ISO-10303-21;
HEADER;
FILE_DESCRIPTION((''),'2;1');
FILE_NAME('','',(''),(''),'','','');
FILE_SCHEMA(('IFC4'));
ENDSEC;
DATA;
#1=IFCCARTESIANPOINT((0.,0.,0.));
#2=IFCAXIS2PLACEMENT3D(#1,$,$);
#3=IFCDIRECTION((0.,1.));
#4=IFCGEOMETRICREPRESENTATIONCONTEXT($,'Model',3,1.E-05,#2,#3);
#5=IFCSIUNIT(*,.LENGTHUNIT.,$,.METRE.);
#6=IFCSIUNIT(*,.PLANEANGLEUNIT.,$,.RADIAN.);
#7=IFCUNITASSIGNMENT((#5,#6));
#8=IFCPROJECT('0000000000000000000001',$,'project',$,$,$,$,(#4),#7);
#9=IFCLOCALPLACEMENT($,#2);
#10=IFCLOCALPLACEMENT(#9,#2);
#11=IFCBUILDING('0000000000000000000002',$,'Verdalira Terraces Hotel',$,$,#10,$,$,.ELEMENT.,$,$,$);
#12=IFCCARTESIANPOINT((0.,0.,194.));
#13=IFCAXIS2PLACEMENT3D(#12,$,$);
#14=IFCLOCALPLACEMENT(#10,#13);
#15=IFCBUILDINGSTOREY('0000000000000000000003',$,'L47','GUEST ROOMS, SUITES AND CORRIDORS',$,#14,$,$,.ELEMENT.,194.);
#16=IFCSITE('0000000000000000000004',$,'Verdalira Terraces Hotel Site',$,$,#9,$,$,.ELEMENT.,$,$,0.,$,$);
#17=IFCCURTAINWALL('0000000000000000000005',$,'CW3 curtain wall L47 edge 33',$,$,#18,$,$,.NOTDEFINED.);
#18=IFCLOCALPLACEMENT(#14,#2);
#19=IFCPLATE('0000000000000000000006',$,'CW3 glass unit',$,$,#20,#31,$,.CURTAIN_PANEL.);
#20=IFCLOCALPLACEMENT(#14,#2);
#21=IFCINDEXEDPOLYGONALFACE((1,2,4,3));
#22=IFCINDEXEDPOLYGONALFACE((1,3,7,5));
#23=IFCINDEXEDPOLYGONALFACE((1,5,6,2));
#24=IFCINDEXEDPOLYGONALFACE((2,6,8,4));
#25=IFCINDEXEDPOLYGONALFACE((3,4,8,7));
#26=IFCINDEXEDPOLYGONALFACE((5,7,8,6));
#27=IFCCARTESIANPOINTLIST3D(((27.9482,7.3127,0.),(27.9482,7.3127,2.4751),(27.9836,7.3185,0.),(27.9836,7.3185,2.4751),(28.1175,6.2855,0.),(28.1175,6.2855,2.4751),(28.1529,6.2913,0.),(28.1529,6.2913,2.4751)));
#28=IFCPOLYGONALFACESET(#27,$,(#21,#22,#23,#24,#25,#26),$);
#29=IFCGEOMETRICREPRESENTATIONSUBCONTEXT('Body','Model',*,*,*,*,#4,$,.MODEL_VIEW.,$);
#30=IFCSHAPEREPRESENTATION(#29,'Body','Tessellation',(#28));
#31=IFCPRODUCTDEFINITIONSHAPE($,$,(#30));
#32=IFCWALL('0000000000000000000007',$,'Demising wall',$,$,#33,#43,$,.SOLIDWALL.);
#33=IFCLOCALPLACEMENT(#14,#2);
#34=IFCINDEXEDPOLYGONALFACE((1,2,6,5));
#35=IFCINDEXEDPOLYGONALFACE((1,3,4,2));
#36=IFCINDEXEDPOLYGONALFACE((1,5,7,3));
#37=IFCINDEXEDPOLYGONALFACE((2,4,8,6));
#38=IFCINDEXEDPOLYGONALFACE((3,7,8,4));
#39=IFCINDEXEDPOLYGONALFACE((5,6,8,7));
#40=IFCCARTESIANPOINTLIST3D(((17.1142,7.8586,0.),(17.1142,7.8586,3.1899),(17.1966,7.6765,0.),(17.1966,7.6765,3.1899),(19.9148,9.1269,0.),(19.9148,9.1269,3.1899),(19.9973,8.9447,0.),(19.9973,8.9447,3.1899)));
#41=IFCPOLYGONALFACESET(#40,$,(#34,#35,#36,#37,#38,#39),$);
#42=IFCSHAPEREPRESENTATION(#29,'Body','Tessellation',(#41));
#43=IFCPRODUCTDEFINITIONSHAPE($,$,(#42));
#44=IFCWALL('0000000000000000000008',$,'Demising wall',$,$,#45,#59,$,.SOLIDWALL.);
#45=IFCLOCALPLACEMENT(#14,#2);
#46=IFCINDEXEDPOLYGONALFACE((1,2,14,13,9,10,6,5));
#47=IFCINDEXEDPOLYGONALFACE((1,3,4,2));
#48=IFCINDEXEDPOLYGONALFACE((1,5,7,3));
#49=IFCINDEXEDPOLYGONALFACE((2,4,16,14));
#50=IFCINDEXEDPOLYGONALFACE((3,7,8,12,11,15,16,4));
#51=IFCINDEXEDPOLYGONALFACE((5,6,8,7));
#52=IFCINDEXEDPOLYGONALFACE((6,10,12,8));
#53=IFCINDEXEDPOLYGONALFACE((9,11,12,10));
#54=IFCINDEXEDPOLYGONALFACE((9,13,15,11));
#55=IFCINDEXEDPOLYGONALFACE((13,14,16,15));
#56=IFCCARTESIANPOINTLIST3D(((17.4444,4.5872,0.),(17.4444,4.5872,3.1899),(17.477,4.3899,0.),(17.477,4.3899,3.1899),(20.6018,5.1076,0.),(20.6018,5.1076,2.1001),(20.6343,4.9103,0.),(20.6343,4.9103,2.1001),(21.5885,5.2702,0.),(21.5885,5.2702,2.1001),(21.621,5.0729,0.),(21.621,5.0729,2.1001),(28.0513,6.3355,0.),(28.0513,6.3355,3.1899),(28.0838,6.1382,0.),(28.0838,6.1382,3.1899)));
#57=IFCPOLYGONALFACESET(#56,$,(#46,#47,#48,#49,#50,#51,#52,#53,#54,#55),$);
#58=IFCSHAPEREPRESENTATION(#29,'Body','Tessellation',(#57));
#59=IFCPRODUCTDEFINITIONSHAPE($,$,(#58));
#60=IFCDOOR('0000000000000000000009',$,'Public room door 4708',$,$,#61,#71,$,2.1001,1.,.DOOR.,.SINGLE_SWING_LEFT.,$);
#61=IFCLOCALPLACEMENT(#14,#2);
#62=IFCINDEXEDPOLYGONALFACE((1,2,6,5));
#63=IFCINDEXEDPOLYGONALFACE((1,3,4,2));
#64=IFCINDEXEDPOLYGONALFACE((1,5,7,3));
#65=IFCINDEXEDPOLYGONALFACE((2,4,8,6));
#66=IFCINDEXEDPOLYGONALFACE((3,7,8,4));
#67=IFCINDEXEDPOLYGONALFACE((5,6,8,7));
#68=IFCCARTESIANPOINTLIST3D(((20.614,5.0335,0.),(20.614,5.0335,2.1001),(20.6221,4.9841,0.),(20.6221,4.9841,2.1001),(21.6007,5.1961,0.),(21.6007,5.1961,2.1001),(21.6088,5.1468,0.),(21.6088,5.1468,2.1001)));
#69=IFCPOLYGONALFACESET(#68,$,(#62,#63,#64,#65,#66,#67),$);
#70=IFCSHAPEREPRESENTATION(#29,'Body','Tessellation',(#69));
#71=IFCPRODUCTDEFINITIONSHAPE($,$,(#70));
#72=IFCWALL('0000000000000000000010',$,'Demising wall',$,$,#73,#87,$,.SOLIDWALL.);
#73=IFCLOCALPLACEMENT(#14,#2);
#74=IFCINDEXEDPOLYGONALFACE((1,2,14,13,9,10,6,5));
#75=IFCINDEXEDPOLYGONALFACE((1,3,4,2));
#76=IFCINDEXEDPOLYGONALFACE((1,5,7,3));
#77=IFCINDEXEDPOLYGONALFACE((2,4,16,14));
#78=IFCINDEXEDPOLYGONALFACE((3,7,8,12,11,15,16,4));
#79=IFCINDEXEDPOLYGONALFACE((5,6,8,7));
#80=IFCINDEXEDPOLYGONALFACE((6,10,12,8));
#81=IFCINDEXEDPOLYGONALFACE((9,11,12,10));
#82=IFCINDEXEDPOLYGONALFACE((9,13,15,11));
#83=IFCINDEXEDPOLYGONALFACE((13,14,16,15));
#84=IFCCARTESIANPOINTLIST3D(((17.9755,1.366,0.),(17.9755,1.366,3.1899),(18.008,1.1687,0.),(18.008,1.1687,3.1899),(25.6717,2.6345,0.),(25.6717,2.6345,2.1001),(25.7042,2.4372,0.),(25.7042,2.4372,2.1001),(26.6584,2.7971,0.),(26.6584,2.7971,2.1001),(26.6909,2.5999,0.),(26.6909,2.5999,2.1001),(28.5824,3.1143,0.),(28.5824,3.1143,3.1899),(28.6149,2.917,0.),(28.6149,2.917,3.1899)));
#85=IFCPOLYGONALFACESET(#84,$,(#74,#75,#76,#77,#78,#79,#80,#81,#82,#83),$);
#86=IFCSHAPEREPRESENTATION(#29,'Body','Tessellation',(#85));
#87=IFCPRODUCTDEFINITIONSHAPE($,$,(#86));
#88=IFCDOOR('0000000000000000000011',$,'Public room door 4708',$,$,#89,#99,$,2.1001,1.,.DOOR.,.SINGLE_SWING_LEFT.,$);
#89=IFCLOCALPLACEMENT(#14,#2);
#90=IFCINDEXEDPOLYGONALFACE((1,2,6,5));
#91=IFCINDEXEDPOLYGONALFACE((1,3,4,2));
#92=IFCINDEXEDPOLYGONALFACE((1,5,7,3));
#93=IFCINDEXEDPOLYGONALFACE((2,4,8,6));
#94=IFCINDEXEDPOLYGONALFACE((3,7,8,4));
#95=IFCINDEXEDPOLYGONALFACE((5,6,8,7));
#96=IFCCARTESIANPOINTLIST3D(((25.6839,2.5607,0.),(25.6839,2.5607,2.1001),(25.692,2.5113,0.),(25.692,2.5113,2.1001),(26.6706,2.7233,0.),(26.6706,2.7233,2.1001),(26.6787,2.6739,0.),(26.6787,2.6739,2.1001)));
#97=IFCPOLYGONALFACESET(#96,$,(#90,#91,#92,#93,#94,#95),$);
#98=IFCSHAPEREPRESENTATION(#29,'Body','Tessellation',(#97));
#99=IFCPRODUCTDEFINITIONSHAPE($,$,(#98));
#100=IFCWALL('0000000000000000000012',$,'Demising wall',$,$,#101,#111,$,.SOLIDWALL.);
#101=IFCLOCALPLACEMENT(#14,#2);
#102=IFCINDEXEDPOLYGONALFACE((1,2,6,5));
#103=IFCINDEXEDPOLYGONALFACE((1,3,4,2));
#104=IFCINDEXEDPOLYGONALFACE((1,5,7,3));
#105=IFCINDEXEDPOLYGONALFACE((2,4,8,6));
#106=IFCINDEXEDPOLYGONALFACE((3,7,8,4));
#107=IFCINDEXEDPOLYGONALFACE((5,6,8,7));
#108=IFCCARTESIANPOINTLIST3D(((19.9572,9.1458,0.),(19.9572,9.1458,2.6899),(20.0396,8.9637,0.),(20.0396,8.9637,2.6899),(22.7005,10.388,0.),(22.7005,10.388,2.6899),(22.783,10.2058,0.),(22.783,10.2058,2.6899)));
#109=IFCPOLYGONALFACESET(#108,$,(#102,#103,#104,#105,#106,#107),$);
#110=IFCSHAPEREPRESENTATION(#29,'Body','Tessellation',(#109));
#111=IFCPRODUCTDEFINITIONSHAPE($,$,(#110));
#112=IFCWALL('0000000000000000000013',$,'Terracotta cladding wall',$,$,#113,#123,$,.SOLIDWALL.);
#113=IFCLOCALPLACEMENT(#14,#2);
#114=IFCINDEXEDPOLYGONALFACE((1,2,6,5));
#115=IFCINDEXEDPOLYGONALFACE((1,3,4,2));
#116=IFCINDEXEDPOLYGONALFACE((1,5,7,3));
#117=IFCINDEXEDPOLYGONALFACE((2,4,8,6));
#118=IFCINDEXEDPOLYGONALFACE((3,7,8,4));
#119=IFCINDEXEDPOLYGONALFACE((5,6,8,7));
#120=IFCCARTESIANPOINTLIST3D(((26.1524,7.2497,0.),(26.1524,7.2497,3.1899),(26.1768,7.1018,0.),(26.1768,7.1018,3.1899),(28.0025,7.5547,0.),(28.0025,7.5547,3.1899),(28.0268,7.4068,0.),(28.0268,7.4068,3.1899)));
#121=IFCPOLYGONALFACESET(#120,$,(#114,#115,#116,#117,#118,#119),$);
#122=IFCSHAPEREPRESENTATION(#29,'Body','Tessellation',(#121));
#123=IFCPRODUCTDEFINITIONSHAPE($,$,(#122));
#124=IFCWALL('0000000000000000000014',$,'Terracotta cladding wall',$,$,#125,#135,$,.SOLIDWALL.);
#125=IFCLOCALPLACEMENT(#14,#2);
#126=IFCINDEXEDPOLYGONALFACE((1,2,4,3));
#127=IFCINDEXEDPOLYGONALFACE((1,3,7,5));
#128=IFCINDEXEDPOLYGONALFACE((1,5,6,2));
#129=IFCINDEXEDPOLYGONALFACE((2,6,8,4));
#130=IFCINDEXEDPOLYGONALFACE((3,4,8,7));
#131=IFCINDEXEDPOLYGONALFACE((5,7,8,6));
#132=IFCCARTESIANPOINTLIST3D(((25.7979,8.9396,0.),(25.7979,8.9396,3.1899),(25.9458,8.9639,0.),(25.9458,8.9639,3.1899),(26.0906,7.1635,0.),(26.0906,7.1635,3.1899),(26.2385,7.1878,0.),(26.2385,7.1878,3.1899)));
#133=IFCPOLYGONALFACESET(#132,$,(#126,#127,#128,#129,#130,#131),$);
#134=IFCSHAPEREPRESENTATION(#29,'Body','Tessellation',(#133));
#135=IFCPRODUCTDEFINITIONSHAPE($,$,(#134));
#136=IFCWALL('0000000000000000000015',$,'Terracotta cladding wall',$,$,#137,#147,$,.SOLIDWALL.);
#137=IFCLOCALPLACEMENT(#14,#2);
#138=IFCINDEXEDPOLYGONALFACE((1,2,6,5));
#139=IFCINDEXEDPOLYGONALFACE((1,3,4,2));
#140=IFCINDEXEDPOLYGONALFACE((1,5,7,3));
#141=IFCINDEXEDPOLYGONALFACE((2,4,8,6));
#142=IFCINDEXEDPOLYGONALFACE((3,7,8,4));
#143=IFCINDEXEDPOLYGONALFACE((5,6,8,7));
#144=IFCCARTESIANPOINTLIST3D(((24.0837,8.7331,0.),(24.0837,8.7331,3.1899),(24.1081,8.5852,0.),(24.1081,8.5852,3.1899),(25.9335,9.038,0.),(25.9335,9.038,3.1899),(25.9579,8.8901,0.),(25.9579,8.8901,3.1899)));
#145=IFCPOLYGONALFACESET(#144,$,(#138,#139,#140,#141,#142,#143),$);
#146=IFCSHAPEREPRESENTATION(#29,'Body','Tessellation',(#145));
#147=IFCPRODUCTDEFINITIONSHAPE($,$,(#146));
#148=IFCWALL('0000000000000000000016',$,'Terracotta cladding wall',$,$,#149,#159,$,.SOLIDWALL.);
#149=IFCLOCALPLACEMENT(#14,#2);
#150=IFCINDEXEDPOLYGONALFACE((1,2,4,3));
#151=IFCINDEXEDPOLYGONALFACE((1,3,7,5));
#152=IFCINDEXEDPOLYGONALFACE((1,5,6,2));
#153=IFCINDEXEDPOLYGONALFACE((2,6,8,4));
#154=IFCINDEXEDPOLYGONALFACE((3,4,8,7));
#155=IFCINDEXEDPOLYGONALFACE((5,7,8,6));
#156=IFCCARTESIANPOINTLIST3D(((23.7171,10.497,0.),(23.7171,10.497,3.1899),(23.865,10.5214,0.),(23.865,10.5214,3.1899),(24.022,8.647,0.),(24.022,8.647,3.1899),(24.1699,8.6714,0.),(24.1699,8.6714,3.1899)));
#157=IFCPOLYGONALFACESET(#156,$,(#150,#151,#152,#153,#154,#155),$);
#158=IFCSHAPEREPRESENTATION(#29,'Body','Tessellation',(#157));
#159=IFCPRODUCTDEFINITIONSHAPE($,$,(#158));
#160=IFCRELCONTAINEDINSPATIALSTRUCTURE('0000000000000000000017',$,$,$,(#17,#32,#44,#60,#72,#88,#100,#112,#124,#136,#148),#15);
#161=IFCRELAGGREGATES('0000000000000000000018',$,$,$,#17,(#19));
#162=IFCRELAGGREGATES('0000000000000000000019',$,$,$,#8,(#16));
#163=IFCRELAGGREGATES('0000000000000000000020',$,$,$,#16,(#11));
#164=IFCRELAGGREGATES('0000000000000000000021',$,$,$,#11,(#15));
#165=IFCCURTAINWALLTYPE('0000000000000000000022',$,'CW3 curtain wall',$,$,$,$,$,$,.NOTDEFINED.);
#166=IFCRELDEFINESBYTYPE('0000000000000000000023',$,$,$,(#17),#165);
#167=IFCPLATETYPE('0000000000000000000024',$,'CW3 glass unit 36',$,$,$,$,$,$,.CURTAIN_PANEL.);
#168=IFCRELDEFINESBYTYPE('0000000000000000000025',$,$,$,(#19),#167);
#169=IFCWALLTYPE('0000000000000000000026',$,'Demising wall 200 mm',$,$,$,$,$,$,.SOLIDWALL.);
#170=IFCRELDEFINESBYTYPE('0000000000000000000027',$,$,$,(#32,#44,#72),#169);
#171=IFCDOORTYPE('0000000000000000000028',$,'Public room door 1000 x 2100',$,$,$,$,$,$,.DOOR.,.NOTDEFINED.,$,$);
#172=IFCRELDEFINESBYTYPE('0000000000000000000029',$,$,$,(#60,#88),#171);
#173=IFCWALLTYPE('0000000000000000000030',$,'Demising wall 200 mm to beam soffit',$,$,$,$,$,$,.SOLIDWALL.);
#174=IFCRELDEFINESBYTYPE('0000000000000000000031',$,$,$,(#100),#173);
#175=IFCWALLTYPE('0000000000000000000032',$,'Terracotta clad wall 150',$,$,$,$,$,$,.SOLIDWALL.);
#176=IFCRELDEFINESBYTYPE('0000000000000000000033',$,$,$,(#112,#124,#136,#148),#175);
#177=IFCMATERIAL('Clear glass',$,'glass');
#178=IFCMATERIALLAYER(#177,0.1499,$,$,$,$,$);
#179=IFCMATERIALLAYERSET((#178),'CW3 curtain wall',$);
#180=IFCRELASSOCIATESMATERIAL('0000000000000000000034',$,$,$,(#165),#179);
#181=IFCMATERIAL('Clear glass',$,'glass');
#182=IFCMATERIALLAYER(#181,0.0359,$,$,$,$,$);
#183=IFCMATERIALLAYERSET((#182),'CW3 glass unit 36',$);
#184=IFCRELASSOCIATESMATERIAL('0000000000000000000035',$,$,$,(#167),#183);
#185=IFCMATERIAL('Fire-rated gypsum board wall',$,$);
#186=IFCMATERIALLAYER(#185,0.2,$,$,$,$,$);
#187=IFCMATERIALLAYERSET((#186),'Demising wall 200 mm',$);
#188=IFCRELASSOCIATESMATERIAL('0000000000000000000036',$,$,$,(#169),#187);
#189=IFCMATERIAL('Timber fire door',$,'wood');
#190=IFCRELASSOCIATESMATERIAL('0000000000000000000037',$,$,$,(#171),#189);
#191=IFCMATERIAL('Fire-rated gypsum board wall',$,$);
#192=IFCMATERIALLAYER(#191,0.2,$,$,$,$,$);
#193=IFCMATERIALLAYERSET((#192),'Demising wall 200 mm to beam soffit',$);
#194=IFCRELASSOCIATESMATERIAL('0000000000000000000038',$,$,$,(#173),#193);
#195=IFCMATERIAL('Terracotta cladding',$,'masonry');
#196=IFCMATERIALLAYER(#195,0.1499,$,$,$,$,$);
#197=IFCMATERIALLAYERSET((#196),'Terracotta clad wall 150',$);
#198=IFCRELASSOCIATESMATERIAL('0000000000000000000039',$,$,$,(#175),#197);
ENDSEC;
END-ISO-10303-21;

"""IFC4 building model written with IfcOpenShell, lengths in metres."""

from ifc_helpers import new_model, si_unit, direction, frame, frame_2d, origin, origin_2d, place, context, subcontext, project, spatial, rectangle, extrude, material, layer, layer_set, type_object, element, fill, aggregate, save


model = new_model("IFC4")

# Units and contexts
model_context = context("Model", 3, precision=1e-05, world=origin(), true_north=direction((0.0, 1.0)))
body_context = subcontext(model_context, "Body", "Model", "MODEL_VIEW")
ifc_project = project(units=[si_unit("LENGTHUNIT", "METRE"), si_unit("PLANEANGLEUNIT", "RADIAN")], contexts=[model_context])

# Site, building, storey
site_placement = place(None, origin())
site = spatial("IfcSite", under=ifc_project, at=site_placement, Name="Verdalira Terraces Hotel Site", CompositionType="ELEMENT", RefElevation=0.0)
building_placement = place(site_placement, origin())
building = spatial("IfcBuilding", under=site, at=building_placement, Name="Verdalira Terraces Hotel", CompositionType="ELEMENT")
storey_placement = place(building_placement, frame((0.0, 0.0, 194.0)))
storey = spatial("IfcBuildingStorey", under=building, at=storey_placement, Name="L47", Description="GUEST ROOMS, SUITES AND CORRIDORS", CompositionType="ELEMENT", Elevation=194.0)

# Curtain wall
ifc_material_1 = material(Name="Clear glass", Category="glass")
ifc_layer_1 = layer(ifc_material_1, 0.1499)
ifc_layer_set_1 = layer_set([ifc_layer_1], Name="CW3 curtain wall")
curtain_wall_type = type_object("IfcCurtainWallType", Name="CW3 curtain wall", PredefinedType="NOTDEFINED", material=ifc_layer_set_1)
curtain_wall_placement = place(storey_placement, origin())
curtain_wall = element("IfcCurtainWall", 1, at=curtain_wall_placement, inside=storey, type_object=curtain_wall_type, Name="CW3 curtain wall L47 edge 33", PredefinedType="NOTDEFINED")

# Plate
ifc_material_2 = material(Name="Clear glass", Category="glass")
ifc_layer_2 = layer(ifc_material_2, 0.0359)
ifc_layer_set_2 = layer_set([ifc_layer_2], Name="CW3 glass unit 36")
plate_type = type_object("IfcPlateType", Name="CW3 glass unit 36", PredefinedType="CURTAIN_PANEL", material=ifc_layer_set_2)
plate_1_placement = place(storey_placement, frame((28.0505, 6.802, 0.0), z_axis=(0.0, 0.0, 1.0), x_axis=(-0.162637, 0.986686, 0.0)))
plate_1 = element("IfcPlate", 2, at=plate_1_placement, type_object=plate_type, Name="CW3 glass unit", PredefinedType="CURTAIN_PANEL", context=body_context, shape_type="SweptSolid", body=[
    extrude(rectangle(XDim=1.041, YDim=0.0359, at=origin_2d()), origin(), (0.0, 0.0, 1.0), 2.4751),
])
aggregate(curtain_wall, [plate_1])

# Wall
ifc_material_3 = material(Name="Fire-rated gypsum board wall")
ifc_layer_3 = layer(ifc_material_3, 0.2)
ifc_layer_set_3 = layer_set([ifc_layer_3], Name="Demising wall 200 mm")
wall_type_1 = type_object("IfcWallType", Name="Demising wall 200 mm", PredefinedType="SOLIDWALL", material=ifc_layer_set_3)
wall_1_placement = place(storey_placement, frame((17.1555, 7.7676, 0.0), z_axis=(0.0, 0.0, 1.0), x_axis=(0.91095, 0.412516, 0.0)))
element("IfcWall", 3, at=wall_1_placement, inside=storey, type_object=wall_type_1, Name="Demising wall", PredefinedType="SOLIDWALL", context=body_context, shape_type="SweptSolid", body=[
    extrude(rectangle(XDim=3.0745, YDim=0.2, at=frame_2d((1.5371, 0.0))), origin(), (0.0, 0.0, 1.0), 3.1899),
])

# Walls, openings, doors
wall_2_placement = place(storey_placement, frame((17.4607, 4.4885, 0.0), z_axis=(0.0, 0.0, 1.0), x_axis=(0.986687, 0.162631, 0.0)))
wall_2 = element("IfcWall", 4, at=wall_2_placement, inside=storey, type_object=wall_type_1, Name="Demising wall", PredefinedType="SOLIDWALL", context=body_context, shape_type="SweptSolid", body=[
    extrude(rectangle(XDim=10.75, YDim=0.2, at=frame_2d((5.375, 0.0))), origin(), (0.0, 0.0, 1.0), 3.1899),
])
opening_1_placement = place(wall_2_placement, frame((3.2, 0.0, 0.0)))
opening_1 = element("IfcOpeningElement", 5, at=opening_1_placement, cuts=wall_2, PredefinedType="OPENING", context=body_context, shape_type="SweptSolid", body=[
    extrude(rectangle(XDim=1.0, YDim=2.1001, at=frame_2d((0.5, 1.05))), frame((0.0, 0.1099, 0.0), z_axis=(0.0, -1.0, 0.0), x_axis=(1.0, 0.0, 0.0)), (0.0, 0.0, 1.0), 0.22),
])
ifc_material_4 = material(Name="Timber fire door", Category="wood")
door_type = type_object("IfcDoorType", Name="Public room door 1000 x 2100", OperationType="NOTDEFINED", PredefinedType="DOOR", material=ifc_material_4)
door_1_placement = place(opening_1_placement, origin())
door_1 = element("IfcDoor", 6, at=door_1_placement, inside=storey, type_object=door_type, Name="Public room door 4708", OperationType="SINGLE_SWING_LEFT", OverallHeight=2.1001, OverallWidth=1.0, PredefinedType="DOOR", context=body_context, shape_type="SweptSolid", body=[
    extrude(rectangle(XDim=1.0, YDim=2.1001, at=frame_2d((0.5, 1.05))), frame((0.0, 0.0249, 0.0), z_axis=(0.0, -1.0, 0.0), x_axis=(1.0, 0.0, 0.0)), (0.0, 0.0, 1.0), 0.05),
])
fill(opening_1, door_1)
wall_3_placement = place(storey_placement, frame((28.5986, 3.0156, 0.0), z_axis=(0.0, 0.0, 1.0), x_axis=(-0.986687, -0.162631, 0.0)))
wall_3 = element("IfcWall", 7, at=wall_3_placement, inside=storey, type_object=wall_type_1, Name="Demising wall", PredefinedType="SOLIDWALL", context=body_context, shape_type="SweptSolid", body=[
    extrude(rectangle(XDim=10.75, YDim=0.2, at=frame_2d((5.375, 0.0))), origin(), (0.0, 0.0, 1.0), 3.1899),
])
opening_2_placement = place(wall_3_placement, frame((1.95, 0.0, 0.0)))
opening_2 = element("IfcOpeningElement", 8, at=opening_2_placement, cuts=wall_3, PredefinedType="OPENING", context=body_context, shape_type="SweptSolid", body=[
    extrude(rectangle(XDim=1.0, YDim=2.1001, at=frame_2d((0.5, 1.05))), frame((0.0, 0.1099, 0.0), z_axis=(0.0, -1.0, 0.0), x_axis=(1.0, 0.0, 0.0)), (0.0, 0.0, 1.0), 0.22),
])
door_2_placement = place(opening_2_placement, origin())
door_2 = element("IfcDoor", 9, at=door_2_placement, inside=storey, type_object=door_type, Name="Public room door 4708", OperationType="SINGLE_SWING_LEFT", OverallHeight=2.1001, OverallWidth=1.0, PredefinedType="DOOR", context=body_context, shape_type="SweptSolid", body=[
    extrude(rectangle(XDim=1.0, YDim=2.1001, at=frame_2d((0.5, 1.05))), frame((0.0, 0.0249, 0.0), z_axis=(0.0, -1.0, 0.0), x_axis=(1.0, 0.0, 0.0)), (0.0, 0.0, 1.0), 0.05),
])
fill(opening_2, door_2)

# Walls
ifc_material_5 = material(Name="Fire-rated gypsum board wall")
ifc_layer_4 = layer(ifc_material_5, 0.2)
ifc_layer_set_4 = layer_set([ifc_layer_4], Name="Demising wall 200 mm to beam soffit")
wall_type_2 = type_object("IfcWallType", Name="Demising wall 200 mm to beam soffit", PredefinedType="SOLIDWALL", material=ifc_layer_set_4)
wall_4_placement = place(storey_placement, frame((19.9983, 9.0547, 0.0), z_axis=(0.0, 0.0, 1.0), x_axis=(0.910968, 0.412477, 0.0)))
element("IfcWall", 10, at=wall_4_placement, inside=storey, type_object=wall_type_2, Name="Demising wall", PredefinedType="SOLIDWALL", context=body_context, shape_type="SweptSolid", body=[
    extrude(rectangle(XDim=3.0115, YDim=0.2, at=frame_2d((1.5059, 0.0))), origin(), (0.0, 0.0, 1.0), 2.6899),
])
ifc_material_6 = material(Name="Terracotta cladding", Category="masonry")
ifc_layer_5 = layer(ifc_material_6, 0.1499)
ifc_layer_set_5 = layer_set([ifc_layer_5], Name="Terracotta clad wall 150")
wall_type_3 = type_object("IfcWallType", Name="Terracotta clad wall 150", PredefinedType="SOLIDWALL", material=ifc_layer_set_5)
wall_5_placement = place(storey_placement, frame((28.0146, 7.4807, 0.0), z_axis=(0.0, 0.0, 1.0), x_axis=(-0.986688, -0.162625, 0.0)))
element("IfcWall", 11, at=wall_5_placement, inside=storey, type_object=wall_type_3, Name="Terracotta cladding wall", PredefinedType="SOLIDWALL", context=body_context, shape_type="SweptSolid", body=[
    extrude(rectangle(XDim=1.875, YDim=0.1499, at=frame_2d((0.9375, 0.0))), origin(), (0.0, 0.0, 1.0), 3.1899),
])
wall_6_placement = place(storey_placement, frame((26.1646, 7.1758, 0.0), z_axis=(0.0, 0.0, 1.0), x_axis=(-0.162617, 0.986689, 0.0)))
element("IfcWall", 12, at=wall_6_placement, inside=storey, type_object=wall_type_3, Name="Terracotta cladding wall", PredefinedType="SOLIDWALL", context=body_context, shape_type="SweptSolid", body=[
    extrude(rectangle(XDim=1.8, YDim=0.1499, at=frame_2d((0.8999, 0.0))), origin(), (0.0, 0.0, 1.0), 3.1899),
])
wall_7_placement = place(storey_placement, frame((25.9458, 8.9641, 0.0), z_axis=(0.0, 0.0, 1.0), x_axis=(-0.986684, -0.162646, 0.0)))
element("IfcWall", 13, at=wall_7_placement, inside=storey, type_object=wall_type_3, Name="Terracotta cladding wall", PredefinedType="SOLIDWALL", context=body_context, shape_type="SweptSolid", body=[
    extrude(rectangle(XDim=1.8748, YDim=0.1499, at=frame_2d((0.9375, 0.0))), origin(), (0.0, 0.0, 1.0), 3.1899),
])
wall_8_placement = place(storey_placement, frame((24.0959, 8.6592, 0.0), z_axis=(0.0, 0.0, 1.0), x_axis=(-0.162625, 0.986688, 0.0)))
element("IfcWall", 14, at=wall_8_placement, inside=storey, type_object=wall_type_3, Name="Terracotta cladding wall", PredefinedType="SOLIDWALL", context=body_context, shape_type="SweptSolid", body=[
    extrude(rectangle(XDim=1.875, YDim=0.1499, at=frame_2d((0.9375, 0.0))), origin(), (0.0, 0.0, 1.0), 3.1899),
])

save(model, "model.ifc")
